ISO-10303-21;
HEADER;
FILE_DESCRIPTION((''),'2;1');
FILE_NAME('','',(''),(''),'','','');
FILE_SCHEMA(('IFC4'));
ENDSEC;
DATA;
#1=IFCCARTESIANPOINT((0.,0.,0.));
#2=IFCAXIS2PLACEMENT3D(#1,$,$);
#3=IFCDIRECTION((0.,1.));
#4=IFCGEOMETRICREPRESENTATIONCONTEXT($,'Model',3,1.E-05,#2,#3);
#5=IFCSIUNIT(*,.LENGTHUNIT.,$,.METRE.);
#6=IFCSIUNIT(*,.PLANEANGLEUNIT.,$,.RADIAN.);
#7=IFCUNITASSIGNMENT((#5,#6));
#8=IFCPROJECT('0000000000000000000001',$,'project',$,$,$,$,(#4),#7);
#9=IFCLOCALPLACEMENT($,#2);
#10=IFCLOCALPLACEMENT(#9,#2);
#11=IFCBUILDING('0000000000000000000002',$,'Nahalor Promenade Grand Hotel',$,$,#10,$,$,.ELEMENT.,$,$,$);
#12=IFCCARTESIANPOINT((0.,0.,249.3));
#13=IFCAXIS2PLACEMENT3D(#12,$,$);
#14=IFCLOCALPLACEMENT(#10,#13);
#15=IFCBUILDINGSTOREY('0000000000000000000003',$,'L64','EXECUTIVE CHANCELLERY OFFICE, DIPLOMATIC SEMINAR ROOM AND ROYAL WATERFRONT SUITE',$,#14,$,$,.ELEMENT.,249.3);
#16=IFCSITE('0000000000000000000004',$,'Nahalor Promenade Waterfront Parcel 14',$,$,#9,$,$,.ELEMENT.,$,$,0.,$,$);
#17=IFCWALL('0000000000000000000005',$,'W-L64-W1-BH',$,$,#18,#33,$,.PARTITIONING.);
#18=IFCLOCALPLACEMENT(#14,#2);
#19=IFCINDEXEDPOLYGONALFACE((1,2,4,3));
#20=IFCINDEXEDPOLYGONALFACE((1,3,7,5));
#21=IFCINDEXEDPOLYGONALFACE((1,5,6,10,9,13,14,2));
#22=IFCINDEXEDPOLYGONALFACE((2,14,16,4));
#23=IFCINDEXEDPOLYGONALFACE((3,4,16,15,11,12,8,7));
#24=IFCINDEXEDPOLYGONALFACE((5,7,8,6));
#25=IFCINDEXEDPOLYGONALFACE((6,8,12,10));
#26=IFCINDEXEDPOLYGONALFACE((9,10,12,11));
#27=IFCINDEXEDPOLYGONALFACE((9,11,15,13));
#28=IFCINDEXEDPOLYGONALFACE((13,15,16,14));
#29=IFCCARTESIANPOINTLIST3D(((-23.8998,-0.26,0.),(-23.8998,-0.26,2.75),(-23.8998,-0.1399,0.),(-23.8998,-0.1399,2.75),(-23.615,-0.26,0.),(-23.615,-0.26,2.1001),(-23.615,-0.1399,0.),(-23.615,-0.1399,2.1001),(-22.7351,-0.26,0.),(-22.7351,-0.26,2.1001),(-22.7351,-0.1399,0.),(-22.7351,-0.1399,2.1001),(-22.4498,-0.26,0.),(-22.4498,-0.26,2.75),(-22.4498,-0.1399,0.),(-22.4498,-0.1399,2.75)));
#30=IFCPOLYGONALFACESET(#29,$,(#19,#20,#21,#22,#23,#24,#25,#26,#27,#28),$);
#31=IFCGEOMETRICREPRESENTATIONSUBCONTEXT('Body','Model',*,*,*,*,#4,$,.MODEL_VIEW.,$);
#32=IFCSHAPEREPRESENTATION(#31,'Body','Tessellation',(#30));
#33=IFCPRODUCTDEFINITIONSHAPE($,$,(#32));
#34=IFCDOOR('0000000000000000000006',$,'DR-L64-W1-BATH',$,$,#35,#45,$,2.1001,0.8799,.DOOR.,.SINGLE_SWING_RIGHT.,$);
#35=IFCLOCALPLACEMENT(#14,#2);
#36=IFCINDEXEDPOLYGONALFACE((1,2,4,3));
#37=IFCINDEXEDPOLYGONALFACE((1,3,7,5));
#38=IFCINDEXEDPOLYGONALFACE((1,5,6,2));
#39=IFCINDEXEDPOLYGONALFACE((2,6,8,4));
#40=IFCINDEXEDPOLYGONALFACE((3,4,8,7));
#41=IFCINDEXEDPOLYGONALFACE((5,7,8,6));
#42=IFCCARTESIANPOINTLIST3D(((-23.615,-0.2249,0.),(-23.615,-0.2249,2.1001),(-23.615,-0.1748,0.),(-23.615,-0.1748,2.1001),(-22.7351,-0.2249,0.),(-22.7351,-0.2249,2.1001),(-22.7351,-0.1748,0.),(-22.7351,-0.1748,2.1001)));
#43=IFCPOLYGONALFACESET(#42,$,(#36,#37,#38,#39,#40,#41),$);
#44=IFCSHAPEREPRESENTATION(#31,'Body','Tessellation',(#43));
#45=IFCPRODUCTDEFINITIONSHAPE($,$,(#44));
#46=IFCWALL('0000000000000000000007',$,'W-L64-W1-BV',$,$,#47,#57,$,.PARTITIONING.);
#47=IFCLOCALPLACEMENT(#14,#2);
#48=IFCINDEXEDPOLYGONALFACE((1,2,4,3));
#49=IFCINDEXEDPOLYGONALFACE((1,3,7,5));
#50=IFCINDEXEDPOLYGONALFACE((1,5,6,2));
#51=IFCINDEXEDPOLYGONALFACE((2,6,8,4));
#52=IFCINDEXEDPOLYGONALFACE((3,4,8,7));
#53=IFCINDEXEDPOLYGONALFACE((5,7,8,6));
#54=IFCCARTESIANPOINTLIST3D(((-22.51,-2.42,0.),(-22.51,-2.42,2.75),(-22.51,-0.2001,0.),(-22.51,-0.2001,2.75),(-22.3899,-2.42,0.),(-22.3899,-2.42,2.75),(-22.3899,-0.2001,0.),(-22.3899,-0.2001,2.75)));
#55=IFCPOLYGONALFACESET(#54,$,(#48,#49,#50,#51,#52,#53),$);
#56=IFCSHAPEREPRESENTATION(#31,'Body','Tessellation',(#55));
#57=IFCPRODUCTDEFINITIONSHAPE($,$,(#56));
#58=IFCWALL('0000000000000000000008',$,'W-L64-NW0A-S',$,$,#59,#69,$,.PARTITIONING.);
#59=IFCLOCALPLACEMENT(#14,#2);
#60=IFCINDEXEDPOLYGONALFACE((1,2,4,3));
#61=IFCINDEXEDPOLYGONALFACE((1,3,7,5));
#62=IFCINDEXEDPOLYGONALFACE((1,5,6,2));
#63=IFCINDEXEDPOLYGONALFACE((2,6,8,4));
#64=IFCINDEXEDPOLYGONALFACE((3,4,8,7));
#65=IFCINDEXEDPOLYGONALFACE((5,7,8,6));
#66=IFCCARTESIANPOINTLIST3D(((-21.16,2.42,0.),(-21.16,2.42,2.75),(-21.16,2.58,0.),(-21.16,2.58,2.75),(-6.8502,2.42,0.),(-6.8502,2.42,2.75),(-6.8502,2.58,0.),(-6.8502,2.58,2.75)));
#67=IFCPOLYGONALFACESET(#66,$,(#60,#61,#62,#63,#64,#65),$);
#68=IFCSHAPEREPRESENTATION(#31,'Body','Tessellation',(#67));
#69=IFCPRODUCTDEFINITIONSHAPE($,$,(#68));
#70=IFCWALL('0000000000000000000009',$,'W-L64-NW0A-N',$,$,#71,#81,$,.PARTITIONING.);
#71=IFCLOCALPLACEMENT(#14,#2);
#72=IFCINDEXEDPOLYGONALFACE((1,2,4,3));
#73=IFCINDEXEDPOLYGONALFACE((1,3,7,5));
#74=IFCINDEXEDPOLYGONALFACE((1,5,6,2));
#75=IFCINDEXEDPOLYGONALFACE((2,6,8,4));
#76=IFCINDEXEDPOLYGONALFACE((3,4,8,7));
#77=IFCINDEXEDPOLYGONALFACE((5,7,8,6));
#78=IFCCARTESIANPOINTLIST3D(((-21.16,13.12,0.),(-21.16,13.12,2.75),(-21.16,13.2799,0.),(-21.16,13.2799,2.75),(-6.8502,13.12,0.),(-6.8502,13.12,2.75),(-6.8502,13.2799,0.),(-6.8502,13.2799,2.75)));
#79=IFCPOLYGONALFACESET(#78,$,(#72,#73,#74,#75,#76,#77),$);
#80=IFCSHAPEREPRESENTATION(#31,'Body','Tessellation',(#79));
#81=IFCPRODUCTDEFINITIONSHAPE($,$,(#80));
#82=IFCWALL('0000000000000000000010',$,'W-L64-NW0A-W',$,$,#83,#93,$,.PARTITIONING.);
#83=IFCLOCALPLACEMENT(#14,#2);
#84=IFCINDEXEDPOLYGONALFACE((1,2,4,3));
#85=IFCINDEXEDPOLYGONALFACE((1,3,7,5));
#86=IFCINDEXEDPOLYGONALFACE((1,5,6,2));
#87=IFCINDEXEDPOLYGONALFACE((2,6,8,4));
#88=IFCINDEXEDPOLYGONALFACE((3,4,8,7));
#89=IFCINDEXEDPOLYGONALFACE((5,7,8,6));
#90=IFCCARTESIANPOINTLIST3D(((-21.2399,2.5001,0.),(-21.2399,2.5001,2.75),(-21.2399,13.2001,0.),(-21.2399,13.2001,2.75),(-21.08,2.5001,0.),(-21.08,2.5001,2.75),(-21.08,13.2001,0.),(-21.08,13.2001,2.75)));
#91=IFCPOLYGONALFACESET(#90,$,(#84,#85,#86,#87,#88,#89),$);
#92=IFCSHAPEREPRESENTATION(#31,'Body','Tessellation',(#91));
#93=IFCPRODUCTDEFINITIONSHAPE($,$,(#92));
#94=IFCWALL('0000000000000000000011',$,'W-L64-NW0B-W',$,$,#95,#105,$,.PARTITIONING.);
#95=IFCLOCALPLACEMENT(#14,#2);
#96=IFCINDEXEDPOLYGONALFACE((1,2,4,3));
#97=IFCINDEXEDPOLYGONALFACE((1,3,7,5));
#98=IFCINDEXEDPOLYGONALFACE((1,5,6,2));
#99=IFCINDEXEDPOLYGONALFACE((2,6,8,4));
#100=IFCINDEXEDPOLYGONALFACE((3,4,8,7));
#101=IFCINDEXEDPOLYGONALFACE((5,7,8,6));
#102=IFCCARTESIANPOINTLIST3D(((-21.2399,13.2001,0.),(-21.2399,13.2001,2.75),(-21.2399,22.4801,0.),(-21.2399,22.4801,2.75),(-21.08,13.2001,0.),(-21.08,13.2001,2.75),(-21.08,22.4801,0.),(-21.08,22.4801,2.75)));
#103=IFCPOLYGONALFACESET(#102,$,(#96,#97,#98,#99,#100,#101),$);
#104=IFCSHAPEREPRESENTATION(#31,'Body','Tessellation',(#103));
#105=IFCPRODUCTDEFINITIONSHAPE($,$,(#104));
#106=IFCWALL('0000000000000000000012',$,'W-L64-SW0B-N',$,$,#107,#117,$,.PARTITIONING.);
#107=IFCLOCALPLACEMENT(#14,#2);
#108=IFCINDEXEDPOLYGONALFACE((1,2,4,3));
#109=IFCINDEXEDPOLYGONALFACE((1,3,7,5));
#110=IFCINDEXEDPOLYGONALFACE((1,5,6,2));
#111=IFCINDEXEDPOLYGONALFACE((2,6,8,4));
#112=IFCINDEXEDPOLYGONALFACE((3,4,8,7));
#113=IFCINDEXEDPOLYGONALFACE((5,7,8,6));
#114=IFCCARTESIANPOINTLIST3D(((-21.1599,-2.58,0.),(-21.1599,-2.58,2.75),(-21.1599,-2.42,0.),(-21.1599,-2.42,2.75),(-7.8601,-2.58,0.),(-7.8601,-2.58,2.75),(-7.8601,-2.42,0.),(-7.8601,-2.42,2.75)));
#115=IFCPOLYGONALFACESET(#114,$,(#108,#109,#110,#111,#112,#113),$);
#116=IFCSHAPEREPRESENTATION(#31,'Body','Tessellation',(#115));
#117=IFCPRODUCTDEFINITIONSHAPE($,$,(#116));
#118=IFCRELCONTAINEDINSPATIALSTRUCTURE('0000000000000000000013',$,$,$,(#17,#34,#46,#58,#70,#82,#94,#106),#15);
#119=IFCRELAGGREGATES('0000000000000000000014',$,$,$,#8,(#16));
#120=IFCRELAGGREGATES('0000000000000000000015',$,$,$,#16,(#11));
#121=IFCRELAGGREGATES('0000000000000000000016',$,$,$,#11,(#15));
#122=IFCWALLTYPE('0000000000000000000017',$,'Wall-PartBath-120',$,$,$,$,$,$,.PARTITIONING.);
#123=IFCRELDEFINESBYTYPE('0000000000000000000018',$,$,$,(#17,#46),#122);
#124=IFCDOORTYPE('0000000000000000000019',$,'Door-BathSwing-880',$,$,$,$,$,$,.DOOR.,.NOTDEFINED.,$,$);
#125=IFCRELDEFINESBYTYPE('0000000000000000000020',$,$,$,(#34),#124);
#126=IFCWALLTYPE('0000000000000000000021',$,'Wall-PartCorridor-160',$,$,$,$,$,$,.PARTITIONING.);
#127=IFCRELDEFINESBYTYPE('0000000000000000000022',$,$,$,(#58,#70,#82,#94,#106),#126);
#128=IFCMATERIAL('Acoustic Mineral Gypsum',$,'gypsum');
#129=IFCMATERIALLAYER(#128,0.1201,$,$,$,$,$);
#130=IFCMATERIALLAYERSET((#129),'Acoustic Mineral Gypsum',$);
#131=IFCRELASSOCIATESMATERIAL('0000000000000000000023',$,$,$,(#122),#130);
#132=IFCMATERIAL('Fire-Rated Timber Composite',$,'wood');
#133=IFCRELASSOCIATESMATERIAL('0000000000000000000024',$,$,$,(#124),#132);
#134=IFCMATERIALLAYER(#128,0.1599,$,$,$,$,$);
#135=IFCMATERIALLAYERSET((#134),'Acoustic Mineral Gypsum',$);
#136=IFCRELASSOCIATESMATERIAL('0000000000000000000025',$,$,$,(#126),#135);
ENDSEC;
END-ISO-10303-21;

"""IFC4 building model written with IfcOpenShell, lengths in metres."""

from ifc_helpers import new_model, si_unit, direction, frame, frame_2d, origin, place, context, subcontext, project, spatial, rectangle, extrude, source, transform, mapped, material, layer, layer_set, type_object, element, fill, save


model = new_model("IFC4")

# Units and contexts
model_context = context("Model", 3, precision=1e-05, world=origin(), true_north=direction((0.0, 1.0)))
body_context = subcontext(model_context, "Body", "Model", "MODEL_VIEW")
ifc_project = project(units=[si_unit("LENGTHUNIT", "METRE"), si_unit("PLANEANGLEUNIT", "RADIAN")], contexts=[model_context])

# Site, building, storey
site_placement = place(None, origin())
site = spatial("IfcSite", under=ifc_project, at=site_placement, Name="Nahalor Promenade Waterfront Parcel 14", CompositionType="ELEMENT", RefElevation=0.0)
building_placement = place(site_placement, origin())
building = spatial("IfcBuilding", under=site, at=building_placement, Name="Nahalor Promenade Grand Hotel", CompositionType="ELEMENT")
storey_placement = place(building_placement, frame((0.0, 0.0, 249.3)))
storey = spatial("IfcBuildingStorey", under=building, at=storey_placement, Name="L64", Description="EXECUTIVE CHANCELLERY OFFICE, DIPLOMATIC SEMINAR ROOM AND ROYAL WATERFRONT SUITE", CompositionType="ELEMENT", Elevation=249.3)

# Wall, opening, door
ifc_material_1 = material(Name="Acoustic Mineral Gypsum", Category="gypsum")
ifc_layer_1 = layer(ifc_material_1, 0.1201)
ifc_layer_set_1 = layer_set([ifc_layer_1], Name="Acoustic Mineral Gypsum")
wall_type_1 = type_object("IfcWallType", Name="Wall-PartBath-120", PredefinedType="PARTITIONING", material=ifc_layer_set_1)
shared_shape_1 = source(origin(), body_context, "Body", "SweptSolid", [
    extrude(rectangle(XDim=1.45, YDim=0.1201, at=frame_2d((0.7251, 0.0))), origin(), (0.0, 0.0, 1.0), 2.75),
])
wall_1_placement = place(storey_placement, frame((-23.8999, -0.2, 0.0), z_axis=(0.0, 0.0, 1.0), x_axis=(1.0, 0.0, 0.0)))
wall_1 = element("IfcWall", 1, at=wall_1_placement, inside=storey, type_object=wall_type_1, Name="W-L64-W1-BH", PredefinedType="PARTITIONING", context=body_context, shape_type="MappedRepresentation", body=[
    mapped(shared_shape_1, transform((0.0, 0.0, 0.0), scale=1.0)),
])
opening_placement = place(wall_1_placement, frame((0.2849, 0.0, 0.0)))
opening = element("IfcOpeningElement", 2, at=opening_placement, cuts=wall_1, PredefinedType="OPENING", context=body_context, shape_type="SweptSolid", body=[
    extrude(rectangle(XDim=0.8799, YDim=2.1001, at=frame_2d((0.4399, 1.05))), frame((0.0, 0.0701, 0.0), z_axis=(0.0, -1.0, 0.0), x_axis=(1.0, 0.0, 0.0)), (0.0, 0.0, 1.0), 0.1401),
])
ifc_material_2 = material(Name="Fire-Rated Timber Composite", Category="wood")
door_type = type_object("IfcDoorType", Name="Door-BathSwing-880", OperationType="NOTDEFINED", PredefinedType="DOOR", material=ifc_material_2)
shared_shape_2 = source(origin(), body_context, "Body", "SweptSolid", [
    extrude(rectangle(XDim=0.8799, YDim=2.1001, at=frame_2d((0.4399, 1.05))), frame((0.0, 0.0249, 0.0), z_axis=(0.0, -1.0, 0.0), x_axis=(1.0, 0.0, 0.0)), (0.0, 0.0, 1.0), 0.05),
])
door_placement = place(opening_placement, frame((0.8799, 0.0, 0.0), z_axis=(0.0, 0.0, 1.0), x_axis=(-1.0, 0.0, 0.0)))
door = element("IfcDoor", 3, at=door_placement, inside=storey, type_object=door_type, Name="DR-L64-W1-BATH", OperationType="SINGLE_SWING_RIGHT", OverallHeight=2.1001, OverallWidth=0.8799, PredefinedType="DOOR", context=body_context, shape_type="MappedRepresentation", body=[
    mapped(shared_shape_2, transform((0.0, 0.0, 0.0), scale=1.0)),
])
fill(opening, door)

# Walls
shared_shape_3 = source(origin(), body_context, "Body", "SweptSolid", [
    extrude(rectangle(XDim=2.22, YDim=0.1201, at=frame_2d((1.1099, 0.0))), origin(), (0.0, 0.0, 1.0), 2.75),
])
wall_2_placement = place(storey_placement, frame((-22.45, -2.4199, 0.0), z_axis=(0.0, 0.0, 1.0), x_axis=(0.0, 1.0, 0.0)))
element("IfcWall", 4, at=wall_2_placement, inside=storey, type_object=wall_type_1, Name="W-L64-W1-BV", PredefinedType="PARTITIONING", context=body_context, shape_type="MappedRepresentation", body=[
    mapped(shared_shape_3, transform((0.0, 0.0, 0.0), scale=1.0)),
])
ifc_layer_2 = layer(ifc_material_1, 0.1599)
ifc_layer_set_2 = layer_set([ifc_layer_2], Name="Acoustic Mineral Gypsum")
wall_type_2 = type_object("IfcWallType", Name="Wall-PartCorridor-160", PredefinedType="PARTITIONING", material=ifc_layer_set_2)
shared_shape_4 = source(origin(), body_context, "Body", "SweptSolid", [
    extrude(rectangle(XDim=14.3098, YDim=0.1599, at=frame_2d((7.1548, 0.0))), origin(), (0.0, 0.0, 1.0), 2.75),
])
for number, where, z_axis, x_axis, name in (
    (5, (-21.1599, 2.5, 0.0), (0.0, 0.0, 1.0), (1.0, 0.0, 0.0), "W-L64-NW0A-S"),
    (6, (-21.1599, 13.2, 0.0), (0.0, 0.0, 1.0), (1.0, 0.0, 0.0), "W-L64-NW0A-N"),
):
    element("IfcWall", number, at=place(storey_placement, frame(where, z_axis=z_axis, x_axis=x_axis)), inside=storey, type_object=wall_type_2, Name=name, PredefinedType="PARTITIONING", context=body_context, shape_type="MappedRepresentation", body=[
        mapped(shared_shape_4, transform((0.0, 0.0, 0.0), scale=1.0)),
    ])
shared_shape_5 = source(origin(), body_context, "Body", "SweptSolid", [
    extrude(rectangle(XDim=10.7, YDim=0.1599, at=frame_2d((5.3501, 0.0))), origin(), (0.0, 0.0, 1.0), 2.75),
])
wall_3_placement = place(storey_placement, frame((-21.1599, 2.5, 0.0), z_axis=(0.0, 0.0, 1.0), x_axis=(0.0, 1.0, 0.0)))
element("IfcWall", 7, at=wall_3_placement, inside=storey, type_object=wall_type_2, Name="W-L64-NW0A-W", PredefinedType="PARTITIONING", context=body_context, shape_type="MappedRepresentation", body=[
    mapped(shared_shape_5, transform((0.0, 0.0, 0.0), scale=1.0)),
])
shared_shape_6 = source(origin(), body_context, "Body", "SweptSolid", [
    extrude(rectangle(XDim=9.28, YDim=0.1599, at=frame_2d((4.6401, 0.0))), origin(), (0.0, 0.0, 1.0), 2.75),
])
wall_4_placement = place(storey_placement, frame((-21.1599, 13.2, 0.0), z_axis=(0.0, 0.0, 1.0), x_axis=(0.0, 1.0, 0.0)))
element("IfcWall", 8, at=wall_4_placement, inside=storey, type_object=wall_type_2, Name="W-L64-NW0B-W", PredefinedType="PARTITIONING", context=body_context, shape_type="MappedRepresentation", body=[
    mapped(shared_shape_6, transform((0.0, 0.0, 0.0), scale=1.0)),
])
shared_shape_7 = source(origin(), body_context, "Body", "SweptSolid", [
    extrude(rectangle(XDim=13.2998, YDim=0.1599, at=frame_2d((6.6499, 0.0))), origin(), (0.0, 0.0, 1.0), 2.75),
])
wall_5_placement = place(storey_placement, frame((-21.1599, -2.5, 0.0), z_axis=(0.0, 0.0, 1.0), x_axis=(1.0, 0.0, 0.0)))
element("IfcWall", 9, at=wall_5_placement, inside=storey, type_object=wall_type_2, Name="W-L64-SW0B-N", PredefinedType="PARTITIONING", context=body_context, shape_type="MappedRepresentation", body=[
    mapped(shared_shape_7, transform((0.0, 0.0, 0.0), scale=1.0)),
])

save(model, "model.ifc")
